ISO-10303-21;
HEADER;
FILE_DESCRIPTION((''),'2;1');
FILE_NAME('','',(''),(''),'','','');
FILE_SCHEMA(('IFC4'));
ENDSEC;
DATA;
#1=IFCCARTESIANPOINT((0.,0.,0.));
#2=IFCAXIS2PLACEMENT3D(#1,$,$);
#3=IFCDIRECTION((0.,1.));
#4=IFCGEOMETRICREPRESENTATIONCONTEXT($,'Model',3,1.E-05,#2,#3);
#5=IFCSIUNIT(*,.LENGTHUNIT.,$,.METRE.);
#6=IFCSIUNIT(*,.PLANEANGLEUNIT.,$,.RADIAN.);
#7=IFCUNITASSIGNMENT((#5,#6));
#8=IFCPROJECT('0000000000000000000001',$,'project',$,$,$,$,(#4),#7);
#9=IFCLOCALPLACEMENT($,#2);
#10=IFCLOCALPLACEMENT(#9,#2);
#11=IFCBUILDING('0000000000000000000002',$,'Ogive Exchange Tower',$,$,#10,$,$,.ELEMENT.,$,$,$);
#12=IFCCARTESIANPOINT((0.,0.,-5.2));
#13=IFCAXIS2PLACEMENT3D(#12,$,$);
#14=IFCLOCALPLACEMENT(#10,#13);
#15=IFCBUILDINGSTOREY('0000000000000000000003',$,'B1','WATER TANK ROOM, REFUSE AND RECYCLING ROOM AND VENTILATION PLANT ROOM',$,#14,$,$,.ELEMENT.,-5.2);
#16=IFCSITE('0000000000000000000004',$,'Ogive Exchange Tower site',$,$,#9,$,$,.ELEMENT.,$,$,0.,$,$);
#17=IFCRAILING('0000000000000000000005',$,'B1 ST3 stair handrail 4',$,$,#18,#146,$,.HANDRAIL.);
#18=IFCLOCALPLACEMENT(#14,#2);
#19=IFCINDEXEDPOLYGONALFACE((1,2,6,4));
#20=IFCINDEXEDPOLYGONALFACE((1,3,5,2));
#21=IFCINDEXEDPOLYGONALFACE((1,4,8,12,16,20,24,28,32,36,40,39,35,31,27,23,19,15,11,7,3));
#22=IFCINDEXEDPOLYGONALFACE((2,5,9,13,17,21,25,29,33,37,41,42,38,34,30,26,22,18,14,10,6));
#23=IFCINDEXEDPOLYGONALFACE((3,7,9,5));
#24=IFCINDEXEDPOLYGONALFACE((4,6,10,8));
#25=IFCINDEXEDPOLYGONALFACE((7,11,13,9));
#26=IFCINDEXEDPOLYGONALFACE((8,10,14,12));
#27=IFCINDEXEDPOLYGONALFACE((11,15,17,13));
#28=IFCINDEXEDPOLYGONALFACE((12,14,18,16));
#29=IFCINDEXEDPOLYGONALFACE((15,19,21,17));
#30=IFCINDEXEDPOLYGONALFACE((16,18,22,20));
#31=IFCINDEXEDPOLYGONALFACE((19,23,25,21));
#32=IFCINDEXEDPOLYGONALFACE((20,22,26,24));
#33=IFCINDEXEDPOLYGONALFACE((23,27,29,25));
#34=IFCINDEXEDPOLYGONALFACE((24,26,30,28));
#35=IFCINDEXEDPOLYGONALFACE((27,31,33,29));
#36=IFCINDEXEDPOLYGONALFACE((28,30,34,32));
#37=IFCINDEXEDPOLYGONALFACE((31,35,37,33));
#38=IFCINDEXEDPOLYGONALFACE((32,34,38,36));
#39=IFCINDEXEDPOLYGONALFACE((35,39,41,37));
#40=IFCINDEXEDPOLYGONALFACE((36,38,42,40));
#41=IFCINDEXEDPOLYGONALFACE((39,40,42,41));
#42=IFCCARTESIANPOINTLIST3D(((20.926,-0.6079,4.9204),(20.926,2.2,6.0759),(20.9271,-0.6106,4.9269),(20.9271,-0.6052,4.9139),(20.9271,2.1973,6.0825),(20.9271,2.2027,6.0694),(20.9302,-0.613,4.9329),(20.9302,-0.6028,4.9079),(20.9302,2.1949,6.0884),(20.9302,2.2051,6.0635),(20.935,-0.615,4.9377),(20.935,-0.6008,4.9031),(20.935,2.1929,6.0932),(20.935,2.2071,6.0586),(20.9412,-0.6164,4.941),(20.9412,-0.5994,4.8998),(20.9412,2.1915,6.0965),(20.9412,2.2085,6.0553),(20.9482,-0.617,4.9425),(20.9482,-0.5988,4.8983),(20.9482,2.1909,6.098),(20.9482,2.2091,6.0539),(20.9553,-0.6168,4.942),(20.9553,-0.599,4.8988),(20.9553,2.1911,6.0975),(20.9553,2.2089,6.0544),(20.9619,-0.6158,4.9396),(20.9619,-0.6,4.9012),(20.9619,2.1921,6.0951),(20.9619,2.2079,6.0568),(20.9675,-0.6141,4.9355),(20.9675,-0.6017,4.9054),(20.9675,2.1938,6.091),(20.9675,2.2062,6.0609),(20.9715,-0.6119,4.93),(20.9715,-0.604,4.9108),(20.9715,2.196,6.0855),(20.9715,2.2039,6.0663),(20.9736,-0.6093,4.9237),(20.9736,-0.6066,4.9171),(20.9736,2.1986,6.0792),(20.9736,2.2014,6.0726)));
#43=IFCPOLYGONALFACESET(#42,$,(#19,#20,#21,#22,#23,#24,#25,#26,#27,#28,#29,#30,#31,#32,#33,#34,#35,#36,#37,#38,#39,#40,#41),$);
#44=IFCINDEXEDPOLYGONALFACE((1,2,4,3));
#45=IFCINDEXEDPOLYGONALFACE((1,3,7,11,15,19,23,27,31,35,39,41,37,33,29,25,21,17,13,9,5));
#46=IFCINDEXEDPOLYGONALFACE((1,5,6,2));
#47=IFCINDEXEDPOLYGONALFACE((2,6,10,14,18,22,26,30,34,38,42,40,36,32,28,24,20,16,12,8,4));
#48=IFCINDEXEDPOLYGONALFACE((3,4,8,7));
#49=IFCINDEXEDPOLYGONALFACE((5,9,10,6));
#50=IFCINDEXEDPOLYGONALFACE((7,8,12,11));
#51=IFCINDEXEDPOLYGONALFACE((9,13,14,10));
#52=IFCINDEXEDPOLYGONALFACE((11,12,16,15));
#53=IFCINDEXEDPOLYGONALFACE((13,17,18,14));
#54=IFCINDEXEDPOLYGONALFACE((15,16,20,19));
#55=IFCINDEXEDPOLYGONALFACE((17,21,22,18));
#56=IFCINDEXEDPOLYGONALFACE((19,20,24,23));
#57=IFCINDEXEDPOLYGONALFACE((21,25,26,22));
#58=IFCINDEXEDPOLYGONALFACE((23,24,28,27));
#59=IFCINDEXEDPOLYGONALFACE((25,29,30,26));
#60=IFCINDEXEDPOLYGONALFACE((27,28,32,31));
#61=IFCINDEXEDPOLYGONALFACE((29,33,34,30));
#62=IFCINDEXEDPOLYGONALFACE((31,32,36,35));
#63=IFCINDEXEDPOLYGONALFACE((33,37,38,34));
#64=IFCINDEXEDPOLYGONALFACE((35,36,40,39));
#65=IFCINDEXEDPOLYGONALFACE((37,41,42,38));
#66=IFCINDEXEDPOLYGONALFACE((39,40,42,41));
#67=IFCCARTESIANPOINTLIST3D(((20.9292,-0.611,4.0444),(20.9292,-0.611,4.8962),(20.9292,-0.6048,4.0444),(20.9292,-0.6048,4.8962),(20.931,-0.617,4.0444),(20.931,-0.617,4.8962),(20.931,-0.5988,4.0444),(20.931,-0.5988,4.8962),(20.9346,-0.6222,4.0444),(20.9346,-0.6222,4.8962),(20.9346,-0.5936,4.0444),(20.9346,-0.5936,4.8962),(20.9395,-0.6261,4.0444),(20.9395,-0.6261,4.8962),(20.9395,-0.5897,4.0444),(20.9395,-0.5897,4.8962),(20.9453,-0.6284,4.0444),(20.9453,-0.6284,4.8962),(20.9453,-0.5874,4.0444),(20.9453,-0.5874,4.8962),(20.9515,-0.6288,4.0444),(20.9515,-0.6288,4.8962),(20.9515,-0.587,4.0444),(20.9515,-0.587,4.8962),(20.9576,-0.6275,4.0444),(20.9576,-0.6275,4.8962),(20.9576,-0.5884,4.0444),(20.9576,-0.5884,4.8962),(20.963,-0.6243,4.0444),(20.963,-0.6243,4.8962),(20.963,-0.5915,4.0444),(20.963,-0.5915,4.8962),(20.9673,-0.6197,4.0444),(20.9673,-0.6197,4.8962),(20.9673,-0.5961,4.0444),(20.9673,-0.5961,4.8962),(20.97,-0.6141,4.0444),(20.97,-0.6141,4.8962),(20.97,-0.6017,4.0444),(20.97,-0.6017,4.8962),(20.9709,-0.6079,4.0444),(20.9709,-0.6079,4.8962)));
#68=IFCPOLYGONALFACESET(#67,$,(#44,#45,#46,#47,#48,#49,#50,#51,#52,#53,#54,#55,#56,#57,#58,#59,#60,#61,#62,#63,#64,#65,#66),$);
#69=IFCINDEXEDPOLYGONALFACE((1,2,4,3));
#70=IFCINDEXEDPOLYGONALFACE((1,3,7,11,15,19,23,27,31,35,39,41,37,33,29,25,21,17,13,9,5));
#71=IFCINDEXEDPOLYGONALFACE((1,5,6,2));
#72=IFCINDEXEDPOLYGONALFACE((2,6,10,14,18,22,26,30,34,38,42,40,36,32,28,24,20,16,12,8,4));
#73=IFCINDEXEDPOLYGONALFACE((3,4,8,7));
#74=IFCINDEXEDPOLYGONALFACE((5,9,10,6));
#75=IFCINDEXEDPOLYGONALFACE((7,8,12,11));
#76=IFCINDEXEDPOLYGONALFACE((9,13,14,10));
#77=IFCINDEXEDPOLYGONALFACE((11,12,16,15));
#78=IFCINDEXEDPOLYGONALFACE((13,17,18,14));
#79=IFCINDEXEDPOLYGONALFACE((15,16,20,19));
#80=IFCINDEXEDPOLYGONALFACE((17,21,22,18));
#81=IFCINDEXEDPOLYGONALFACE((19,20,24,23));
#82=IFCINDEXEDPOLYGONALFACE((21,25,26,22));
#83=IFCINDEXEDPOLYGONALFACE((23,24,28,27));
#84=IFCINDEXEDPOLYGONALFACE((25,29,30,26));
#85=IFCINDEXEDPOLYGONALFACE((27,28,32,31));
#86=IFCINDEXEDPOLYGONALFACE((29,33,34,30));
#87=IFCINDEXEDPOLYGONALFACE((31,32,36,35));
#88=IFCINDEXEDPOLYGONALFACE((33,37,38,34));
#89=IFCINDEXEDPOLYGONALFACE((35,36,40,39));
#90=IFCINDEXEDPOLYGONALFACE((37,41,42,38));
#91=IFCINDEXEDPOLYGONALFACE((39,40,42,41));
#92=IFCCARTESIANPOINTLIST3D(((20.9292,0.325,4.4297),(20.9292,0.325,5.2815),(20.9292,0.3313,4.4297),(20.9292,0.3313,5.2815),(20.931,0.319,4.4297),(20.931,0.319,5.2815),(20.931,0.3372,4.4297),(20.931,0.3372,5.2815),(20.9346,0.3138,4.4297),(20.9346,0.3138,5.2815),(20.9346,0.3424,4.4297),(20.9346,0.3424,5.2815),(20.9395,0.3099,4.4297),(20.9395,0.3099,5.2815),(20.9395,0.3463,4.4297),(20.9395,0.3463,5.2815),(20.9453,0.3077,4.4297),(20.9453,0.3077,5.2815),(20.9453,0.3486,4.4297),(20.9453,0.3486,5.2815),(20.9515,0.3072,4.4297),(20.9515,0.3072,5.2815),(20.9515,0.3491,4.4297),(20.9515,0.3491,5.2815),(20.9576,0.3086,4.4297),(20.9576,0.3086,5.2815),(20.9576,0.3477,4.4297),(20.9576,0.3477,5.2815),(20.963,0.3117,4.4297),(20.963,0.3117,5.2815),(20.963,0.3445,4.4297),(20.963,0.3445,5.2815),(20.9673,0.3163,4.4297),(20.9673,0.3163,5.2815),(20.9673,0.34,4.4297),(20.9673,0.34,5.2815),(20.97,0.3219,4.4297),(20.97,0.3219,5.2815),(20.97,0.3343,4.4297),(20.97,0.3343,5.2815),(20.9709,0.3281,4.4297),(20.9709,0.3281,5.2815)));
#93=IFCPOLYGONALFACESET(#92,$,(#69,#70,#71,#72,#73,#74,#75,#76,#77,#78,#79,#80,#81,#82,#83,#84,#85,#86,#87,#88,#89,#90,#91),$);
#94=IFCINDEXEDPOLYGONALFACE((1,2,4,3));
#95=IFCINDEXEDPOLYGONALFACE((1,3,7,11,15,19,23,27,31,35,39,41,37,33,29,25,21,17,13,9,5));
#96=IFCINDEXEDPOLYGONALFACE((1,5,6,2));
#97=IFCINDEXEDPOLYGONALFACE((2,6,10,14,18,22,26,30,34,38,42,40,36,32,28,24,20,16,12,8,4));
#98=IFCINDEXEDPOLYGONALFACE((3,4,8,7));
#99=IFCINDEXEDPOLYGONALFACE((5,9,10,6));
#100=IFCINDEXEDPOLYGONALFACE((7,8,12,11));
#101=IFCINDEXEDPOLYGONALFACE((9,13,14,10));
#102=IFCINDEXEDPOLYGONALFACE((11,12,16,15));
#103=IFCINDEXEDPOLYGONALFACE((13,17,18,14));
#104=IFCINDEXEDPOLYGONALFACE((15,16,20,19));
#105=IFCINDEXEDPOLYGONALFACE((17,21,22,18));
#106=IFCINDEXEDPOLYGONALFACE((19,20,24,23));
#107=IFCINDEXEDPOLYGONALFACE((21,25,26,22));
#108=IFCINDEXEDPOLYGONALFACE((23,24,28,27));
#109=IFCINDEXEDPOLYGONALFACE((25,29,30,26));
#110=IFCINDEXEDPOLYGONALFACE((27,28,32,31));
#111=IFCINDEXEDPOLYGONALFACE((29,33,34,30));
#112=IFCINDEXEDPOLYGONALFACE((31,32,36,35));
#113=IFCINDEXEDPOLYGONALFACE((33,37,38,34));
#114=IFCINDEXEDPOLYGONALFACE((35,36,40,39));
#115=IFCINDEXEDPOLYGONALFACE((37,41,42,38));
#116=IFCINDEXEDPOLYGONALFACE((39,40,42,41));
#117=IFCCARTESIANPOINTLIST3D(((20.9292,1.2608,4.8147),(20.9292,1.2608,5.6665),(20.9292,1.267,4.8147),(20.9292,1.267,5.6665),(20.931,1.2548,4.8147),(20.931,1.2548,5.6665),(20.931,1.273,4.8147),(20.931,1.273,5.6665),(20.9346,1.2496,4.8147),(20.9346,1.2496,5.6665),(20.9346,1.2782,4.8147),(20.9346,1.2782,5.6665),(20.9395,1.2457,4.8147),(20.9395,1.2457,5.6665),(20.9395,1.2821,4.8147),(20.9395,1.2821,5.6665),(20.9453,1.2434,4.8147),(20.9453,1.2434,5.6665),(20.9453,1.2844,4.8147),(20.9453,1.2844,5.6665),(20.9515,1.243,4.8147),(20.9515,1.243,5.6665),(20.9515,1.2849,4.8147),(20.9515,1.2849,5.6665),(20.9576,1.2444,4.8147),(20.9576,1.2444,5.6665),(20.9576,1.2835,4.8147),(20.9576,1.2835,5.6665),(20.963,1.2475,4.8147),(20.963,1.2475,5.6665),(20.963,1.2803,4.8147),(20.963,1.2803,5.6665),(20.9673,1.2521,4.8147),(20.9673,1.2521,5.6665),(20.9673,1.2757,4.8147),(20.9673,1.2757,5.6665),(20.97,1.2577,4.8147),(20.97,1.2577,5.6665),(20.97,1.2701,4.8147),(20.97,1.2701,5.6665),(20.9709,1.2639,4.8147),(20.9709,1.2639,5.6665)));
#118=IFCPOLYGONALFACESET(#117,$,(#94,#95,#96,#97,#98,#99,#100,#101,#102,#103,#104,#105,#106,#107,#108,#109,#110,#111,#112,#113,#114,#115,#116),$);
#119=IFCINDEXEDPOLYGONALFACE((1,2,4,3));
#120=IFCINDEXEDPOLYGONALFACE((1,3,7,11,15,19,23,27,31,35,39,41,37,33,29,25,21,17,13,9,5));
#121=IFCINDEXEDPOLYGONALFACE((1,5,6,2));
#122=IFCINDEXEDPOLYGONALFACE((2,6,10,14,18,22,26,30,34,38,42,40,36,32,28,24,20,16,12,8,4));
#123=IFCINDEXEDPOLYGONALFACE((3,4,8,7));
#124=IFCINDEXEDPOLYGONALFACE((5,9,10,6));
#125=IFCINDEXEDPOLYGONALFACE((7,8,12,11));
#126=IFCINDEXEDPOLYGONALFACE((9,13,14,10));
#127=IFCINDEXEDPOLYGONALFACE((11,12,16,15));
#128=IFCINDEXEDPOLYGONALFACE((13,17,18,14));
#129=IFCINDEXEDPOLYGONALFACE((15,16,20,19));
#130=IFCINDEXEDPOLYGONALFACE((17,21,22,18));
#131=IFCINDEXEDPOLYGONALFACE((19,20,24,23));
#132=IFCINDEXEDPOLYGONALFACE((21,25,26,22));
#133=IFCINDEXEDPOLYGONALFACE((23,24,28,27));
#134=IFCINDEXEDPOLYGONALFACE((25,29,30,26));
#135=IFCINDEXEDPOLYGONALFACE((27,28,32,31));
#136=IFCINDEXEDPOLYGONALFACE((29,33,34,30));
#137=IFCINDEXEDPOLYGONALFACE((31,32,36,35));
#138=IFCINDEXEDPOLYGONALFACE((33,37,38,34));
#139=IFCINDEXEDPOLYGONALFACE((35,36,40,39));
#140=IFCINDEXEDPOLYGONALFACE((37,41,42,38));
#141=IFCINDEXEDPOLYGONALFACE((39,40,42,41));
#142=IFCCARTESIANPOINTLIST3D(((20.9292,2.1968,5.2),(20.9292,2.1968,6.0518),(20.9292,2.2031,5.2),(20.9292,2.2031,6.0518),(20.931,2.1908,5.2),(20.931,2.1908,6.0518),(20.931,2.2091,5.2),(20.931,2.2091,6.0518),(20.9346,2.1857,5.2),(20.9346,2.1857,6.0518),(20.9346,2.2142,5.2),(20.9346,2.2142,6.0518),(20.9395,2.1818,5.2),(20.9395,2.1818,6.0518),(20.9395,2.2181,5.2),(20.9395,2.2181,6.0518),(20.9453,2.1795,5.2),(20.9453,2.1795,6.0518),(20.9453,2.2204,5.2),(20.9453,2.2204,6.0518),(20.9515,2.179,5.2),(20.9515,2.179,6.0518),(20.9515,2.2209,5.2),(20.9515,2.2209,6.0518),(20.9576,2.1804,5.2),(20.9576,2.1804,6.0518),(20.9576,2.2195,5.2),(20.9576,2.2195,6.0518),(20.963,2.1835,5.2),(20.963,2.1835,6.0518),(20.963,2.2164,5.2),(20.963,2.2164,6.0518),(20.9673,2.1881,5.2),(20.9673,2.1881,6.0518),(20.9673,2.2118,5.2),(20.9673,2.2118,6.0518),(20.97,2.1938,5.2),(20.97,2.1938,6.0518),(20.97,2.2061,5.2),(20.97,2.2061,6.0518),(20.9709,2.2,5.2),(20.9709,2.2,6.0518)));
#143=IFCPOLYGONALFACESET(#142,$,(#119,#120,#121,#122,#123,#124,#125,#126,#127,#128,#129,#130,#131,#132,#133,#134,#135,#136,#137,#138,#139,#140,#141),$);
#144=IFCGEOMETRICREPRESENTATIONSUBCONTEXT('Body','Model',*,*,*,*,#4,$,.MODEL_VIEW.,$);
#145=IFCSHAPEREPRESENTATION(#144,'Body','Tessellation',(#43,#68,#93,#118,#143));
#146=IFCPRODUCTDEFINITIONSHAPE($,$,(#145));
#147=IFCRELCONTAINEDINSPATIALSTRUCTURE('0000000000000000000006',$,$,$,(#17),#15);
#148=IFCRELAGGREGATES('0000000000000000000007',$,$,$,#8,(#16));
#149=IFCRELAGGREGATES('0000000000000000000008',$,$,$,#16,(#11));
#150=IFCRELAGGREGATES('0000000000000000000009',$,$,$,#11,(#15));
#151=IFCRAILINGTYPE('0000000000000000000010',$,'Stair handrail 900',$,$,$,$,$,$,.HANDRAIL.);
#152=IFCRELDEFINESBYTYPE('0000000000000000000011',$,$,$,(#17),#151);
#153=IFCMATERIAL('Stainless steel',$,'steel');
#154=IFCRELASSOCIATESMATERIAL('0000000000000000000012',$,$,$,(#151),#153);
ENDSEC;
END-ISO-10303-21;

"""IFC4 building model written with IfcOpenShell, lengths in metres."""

from ifc_helpers import new_model, si_unit, direction, frame, origin, origin_2d, place, context, subcontext, project, spatial, circle, extrude, material, type_object, element, save


model = new_model("IFC4")

# Units and contexts
model_context = context("Model", 3, precision=1e-05, world=origin(), true_north=direction((0.0, 1.0)))
body_context = subcontext(model_context, "Body", "Model", "MODEL_VIEW")
ifc_project = project(units=[si_unit("LENGTHUNIT", "METRE"), si_unit("PLANEANGLEUNIT", "RADIAN")], contexts=[model_context])

# Site, building, storey
site_placement = place(None, origin())
site = spatial("IfcSite", under=ifc_project, at=site_placement, Name="Ogive Exchange Tower site", CompositionType="ELEMENT", RefElevation=0.0)
building_placement = place(site_placement, origin())
building = spatial("IfcBuilding", under=site, at=building_placement, Name="Ogive Exchange Tower", CompositionType="ELEMENT")
storey_placement = place(building_placement, frame((0.0, 0.0, -5.2)))
storey = spatial("IfcBuildingStorey", under=building, at=storey_placement, Name="B1", Description="WATER TANK ROOM, REFUSE AND RECYCLING ROOM AND VENTILATION PLANT ROOM", CompositionType="ELEMENT", Elevation=-5.2)

# Railing
ifc_material_1 = material(Name="Stainless steel", Category="steel")
railing_type = type_object("IfcRailingType", Name="Stair handrail 900", PredefinedType="HANDRAIL", material=ifc_material_1)
railing_placement = place(storey_placement, frame((20.95, -0.6079, 4.0444)))
element("IfcRailing", 1, at=railing_placement, inside=storey, type_object=railing_type, Name="B1 ST3 stair handrail 4", PredefinedType="HANDRAIL", context=body_context, shape_type="SweptSolid", body=[
    extrude(circle(Radius=0.0239, at=origin_2d()), frame((0.0, 0.0, 0.876), z_axis=(0.0, 0.924755, 0.380564), x_axis=(-1.0, 0.0, 0.0)), (0.0, 0.0, 1.0), 3.0364),
    extrude(circle(Radius=0.021, at=origin_2d()), origin(), (0.0, 0.0, 1.0), 0.8518),
    extrude(circle(Radius=0.021, at=origin_2d()), frame((0.0, 0.936, 0.3853)), (0.0, 0.0, 1.0), 0.8518),
    extrude(circle(Radius=0.021, at=origin_2d()), frame((0.0, 1.8718, 0.7703)), (0.0, 0.0, 1.0), 0.8518),
    extrude(circle(Radius=0.021, at=origin_2d()), frame((0.0, 2.8079, 1.1555)), (0.0, 0.0, 1.0), 0.8518),
])

save(model, "model.ifc")
